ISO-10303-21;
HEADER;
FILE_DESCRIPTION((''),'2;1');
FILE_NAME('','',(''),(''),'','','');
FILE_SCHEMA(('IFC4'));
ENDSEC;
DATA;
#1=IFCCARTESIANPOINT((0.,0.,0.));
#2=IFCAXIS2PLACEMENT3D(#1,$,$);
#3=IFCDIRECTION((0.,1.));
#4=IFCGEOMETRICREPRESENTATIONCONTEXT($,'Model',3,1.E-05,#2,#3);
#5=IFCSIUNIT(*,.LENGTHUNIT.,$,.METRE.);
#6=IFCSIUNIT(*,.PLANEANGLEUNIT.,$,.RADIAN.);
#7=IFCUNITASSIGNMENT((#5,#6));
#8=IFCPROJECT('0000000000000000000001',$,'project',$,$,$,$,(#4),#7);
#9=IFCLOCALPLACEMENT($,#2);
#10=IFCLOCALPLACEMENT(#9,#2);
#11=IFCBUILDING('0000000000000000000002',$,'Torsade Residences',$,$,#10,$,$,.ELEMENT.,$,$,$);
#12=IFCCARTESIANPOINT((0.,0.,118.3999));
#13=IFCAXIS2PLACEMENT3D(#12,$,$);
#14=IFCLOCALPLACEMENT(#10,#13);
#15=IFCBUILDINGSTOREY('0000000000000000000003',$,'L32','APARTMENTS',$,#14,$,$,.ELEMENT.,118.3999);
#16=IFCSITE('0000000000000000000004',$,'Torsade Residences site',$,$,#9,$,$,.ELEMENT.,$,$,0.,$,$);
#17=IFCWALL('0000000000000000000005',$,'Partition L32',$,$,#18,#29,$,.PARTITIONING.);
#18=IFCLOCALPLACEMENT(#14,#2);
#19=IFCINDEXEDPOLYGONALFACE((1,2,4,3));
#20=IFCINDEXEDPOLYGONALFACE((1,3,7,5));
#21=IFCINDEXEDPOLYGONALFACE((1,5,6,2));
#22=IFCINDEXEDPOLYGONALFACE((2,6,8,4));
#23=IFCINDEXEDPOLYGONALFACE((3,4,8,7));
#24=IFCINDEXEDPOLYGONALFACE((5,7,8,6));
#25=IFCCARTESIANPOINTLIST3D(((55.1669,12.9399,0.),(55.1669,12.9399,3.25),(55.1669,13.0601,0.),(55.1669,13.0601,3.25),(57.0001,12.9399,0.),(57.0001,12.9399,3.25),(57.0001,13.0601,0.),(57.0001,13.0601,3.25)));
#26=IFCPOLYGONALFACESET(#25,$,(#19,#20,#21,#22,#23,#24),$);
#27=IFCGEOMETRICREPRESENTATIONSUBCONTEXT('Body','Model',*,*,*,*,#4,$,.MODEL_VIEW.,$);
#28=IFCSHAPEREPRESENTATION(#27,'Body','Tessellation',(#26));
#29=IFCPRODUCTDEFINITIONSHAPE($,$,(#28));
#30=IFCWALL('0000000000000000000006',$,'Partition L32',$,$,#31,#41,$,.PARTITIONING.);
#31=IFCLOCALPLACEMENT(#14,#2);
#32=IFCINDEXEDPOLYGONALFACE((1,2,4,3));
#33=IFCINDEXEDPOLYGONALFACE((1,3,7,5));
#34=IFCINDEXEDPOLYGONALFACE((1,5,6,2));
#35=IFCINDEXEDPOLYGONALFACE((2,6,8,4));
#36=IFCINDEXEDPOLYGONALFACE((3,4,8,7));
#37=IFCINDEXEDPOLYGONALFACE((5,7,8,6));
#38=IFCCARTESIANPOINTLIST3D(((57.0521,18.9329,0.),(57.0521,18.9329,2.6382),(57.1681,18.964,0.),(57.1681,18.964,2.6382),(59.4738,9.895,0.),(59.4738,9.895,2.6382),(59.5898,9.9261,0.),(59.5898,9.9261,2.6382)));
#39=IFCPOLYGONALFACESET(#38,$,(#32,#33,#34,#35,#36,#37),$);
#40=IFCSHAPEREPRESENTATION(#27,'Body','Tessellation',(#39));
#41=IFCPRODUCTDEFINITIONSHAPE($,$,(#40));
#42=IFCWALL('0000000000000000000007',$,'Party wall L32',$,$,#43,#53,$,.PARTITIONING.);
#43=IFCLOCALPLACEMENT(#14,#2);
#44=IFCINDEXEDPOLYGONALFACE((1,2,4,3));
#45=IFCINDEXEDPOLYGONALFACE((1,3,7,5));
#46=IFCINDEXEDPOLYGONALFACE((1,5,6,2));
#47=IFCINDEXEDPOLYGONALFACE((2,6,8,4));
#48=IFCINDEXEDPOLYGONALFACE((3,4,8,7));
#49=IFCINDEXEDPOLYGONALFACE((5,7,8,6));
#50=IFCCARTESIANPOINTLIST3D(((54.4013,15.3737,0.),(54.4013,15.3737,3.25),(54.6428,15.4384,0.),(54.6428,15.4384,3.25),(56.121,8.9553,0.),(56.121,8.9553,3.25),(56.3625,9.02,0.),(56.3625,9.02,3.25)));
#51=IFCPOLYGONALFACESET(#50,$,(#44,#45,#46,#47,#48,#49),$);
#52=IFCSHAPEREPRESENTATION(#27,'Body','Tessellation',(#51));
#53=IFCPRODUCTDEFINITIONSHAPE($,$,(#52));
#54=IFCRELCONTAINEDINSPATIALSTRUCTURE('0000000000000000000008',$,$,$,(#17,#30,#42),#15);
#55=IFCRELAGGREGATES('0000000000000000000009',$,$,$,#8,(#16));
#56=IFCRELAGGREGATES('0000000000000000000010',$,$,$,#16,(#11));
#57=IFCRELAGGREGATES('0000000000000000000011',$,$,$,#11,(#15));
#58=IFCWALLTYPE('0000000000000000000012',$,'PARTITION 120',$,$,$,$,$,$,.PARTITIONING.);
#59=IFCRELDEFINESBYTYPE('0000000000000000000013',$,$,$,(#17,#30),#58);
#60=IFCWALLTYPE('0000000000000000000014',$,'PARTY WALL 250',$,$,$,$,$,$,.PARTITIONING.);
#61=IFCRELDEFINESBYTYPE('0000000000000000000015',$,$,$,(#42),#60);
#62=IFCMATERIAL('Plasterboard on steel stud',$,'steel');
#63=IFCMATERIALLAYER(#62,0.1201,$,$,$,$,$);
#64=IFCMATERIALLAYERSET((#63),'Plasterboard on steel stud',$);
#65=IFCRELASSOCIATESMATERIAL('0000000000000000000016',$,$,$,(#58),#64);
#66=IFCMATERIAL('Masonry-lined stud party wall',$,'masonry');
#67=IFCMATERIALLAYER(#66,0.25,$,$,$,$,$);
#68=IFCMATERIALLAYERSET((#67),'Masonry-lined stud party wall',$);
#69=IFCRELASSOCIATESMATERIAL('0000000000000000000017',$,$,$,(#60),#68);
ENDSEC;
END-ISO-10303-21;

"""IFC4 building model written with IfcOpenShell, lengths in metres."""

from ifc_helpers import new_model, si_unit, direction, frame, frame_2d, origin, place, context, subcontext, project, spatial, rectangle, extrude, material, layer, layer_set, type_object, element, save


model = new_model("IFC4")

# Units and contexts
model_context = context("Model", 3, precision=1e-05, world=origin(), true_north=direction((0.0, 1.0)))
body_context = subcontext(model_context, "Body", "Model", "MODEL_VIEW")
ifc_project = project(units=[si_unit("LENGTHUNIT", "METRE"), si_unit("PLANEANGLEUNIT", "RADIAN")], contexts=[model_context])

# Site, building, storey
site_placement = place(None, origin())
site = spatial("IfcSite", under=ifc_project, at=site_placement, Name="Torsade Residences site", CompositionType="ELEMENT", RefElevation=0.0)
building_placement = place(site_placement, origin())
building = spatial("IfcBuilding", under=site, at=building_placement, Name="Torsade Residences", CompositionType="ELEMENT")
storey_placement = place(building_placement, frame((0.0, 0.0, 118.3999)))
storey = spatial("IfcBuildingStorey", under=building, at=storey_placement, Name="L32", Description="APARTMENTS", CompositionType="ELEMENT", Elevation=118.3999)

# Shared definitions
ifc_material_1 = material(Name="Plasterboard on steel stud", Category="steel")
ifc_layer_1 = layer(ifc_material_1, 0.1201)
ifc_layer_set_1 = layer_set([ifc_layer_1], Name="Plasterboard on steel stud")
wall_type_1 = type_object("IfcWallType", Name="PARTITION 120", PredefinedType="PARTITIONING", material=ifc_layer_set_1)

# Walls
wall_1_placement = place(storey_placement, frame((57.0, 13.0, 0.0), z_axis=(0.0, 0.0, 1.0), x_axis=(-1.0, 0.0, 0.0)))
element("IfcWall", 1, at=wall_1_placement, inside=storey, type_object=wall_type_1, Name="Partition L32", PredefinedType="PARTITIONING", context=body_context, shape_type="SweptSolid", body=[
    extrude(rectangle(XDim=1.8333, YDim=0.1201, at=frame_2d((0.9165, 0.0))), origin(), (0.0, 0.0, 1.0), 3.25),
])
wall_2_placement = place(storey_placement, frame((59.5317, 9.9106, 0.0), z_axis=(0.0, 0.0, 1.0), x_axis=(-0.258814, 0.965927, 0.0)))
element("IfcWall", 2, at=wall_2_placement, inside=storey, type_object=wall_type_1, Name="Partition L32", PredefinedType="PARTITIONING", context=body_context, shape_type="SweptSolid", body=[
    extrude(rectangle(XDim=9.3567, YDim=0.1201, at=frame_2d((4.6782, 0.0))), origin(), (0.0, 0.0, 1.0), 2.6382),
])
ifc_material_2 = material(Name="Masonry-lined stud party wall", Category="masonry")
ifc_layer_2 = layer(ifc_material_2, 0.25)
ifc_layer_set_2 = layer_set([ifc_layer_2], Name="Masonry-lined stud party wall")
wall_type_2 = type_object("IfcWallType", Name="PARTY WALL 250", PredefinedType="PARTITIONING", material=ifc_layer_set_2)
wall_3_placement = place(storey_placement, frame((56.2417, 8.9878, 0.0), z_axis=(0.0, 0.0, 1.0), x_axis=(-0.258806, 0.965929, 0.0)))
element("IfcWall", 3, at=wall_3_placement, inside=storey, type_object=wall_type_2, Name="Party wall L32", PredefinedType="PARTITIONING", context=body_context, shape_type="SweptSolid", body=[
    extrude(rectangle(XDim=6.6448, YDim=0.25, at=frame_2d((3.3223, 0.0))), origin(), (0.0, 0.0, 1.0), 3.25),
])

save(model, "model.ifc")
